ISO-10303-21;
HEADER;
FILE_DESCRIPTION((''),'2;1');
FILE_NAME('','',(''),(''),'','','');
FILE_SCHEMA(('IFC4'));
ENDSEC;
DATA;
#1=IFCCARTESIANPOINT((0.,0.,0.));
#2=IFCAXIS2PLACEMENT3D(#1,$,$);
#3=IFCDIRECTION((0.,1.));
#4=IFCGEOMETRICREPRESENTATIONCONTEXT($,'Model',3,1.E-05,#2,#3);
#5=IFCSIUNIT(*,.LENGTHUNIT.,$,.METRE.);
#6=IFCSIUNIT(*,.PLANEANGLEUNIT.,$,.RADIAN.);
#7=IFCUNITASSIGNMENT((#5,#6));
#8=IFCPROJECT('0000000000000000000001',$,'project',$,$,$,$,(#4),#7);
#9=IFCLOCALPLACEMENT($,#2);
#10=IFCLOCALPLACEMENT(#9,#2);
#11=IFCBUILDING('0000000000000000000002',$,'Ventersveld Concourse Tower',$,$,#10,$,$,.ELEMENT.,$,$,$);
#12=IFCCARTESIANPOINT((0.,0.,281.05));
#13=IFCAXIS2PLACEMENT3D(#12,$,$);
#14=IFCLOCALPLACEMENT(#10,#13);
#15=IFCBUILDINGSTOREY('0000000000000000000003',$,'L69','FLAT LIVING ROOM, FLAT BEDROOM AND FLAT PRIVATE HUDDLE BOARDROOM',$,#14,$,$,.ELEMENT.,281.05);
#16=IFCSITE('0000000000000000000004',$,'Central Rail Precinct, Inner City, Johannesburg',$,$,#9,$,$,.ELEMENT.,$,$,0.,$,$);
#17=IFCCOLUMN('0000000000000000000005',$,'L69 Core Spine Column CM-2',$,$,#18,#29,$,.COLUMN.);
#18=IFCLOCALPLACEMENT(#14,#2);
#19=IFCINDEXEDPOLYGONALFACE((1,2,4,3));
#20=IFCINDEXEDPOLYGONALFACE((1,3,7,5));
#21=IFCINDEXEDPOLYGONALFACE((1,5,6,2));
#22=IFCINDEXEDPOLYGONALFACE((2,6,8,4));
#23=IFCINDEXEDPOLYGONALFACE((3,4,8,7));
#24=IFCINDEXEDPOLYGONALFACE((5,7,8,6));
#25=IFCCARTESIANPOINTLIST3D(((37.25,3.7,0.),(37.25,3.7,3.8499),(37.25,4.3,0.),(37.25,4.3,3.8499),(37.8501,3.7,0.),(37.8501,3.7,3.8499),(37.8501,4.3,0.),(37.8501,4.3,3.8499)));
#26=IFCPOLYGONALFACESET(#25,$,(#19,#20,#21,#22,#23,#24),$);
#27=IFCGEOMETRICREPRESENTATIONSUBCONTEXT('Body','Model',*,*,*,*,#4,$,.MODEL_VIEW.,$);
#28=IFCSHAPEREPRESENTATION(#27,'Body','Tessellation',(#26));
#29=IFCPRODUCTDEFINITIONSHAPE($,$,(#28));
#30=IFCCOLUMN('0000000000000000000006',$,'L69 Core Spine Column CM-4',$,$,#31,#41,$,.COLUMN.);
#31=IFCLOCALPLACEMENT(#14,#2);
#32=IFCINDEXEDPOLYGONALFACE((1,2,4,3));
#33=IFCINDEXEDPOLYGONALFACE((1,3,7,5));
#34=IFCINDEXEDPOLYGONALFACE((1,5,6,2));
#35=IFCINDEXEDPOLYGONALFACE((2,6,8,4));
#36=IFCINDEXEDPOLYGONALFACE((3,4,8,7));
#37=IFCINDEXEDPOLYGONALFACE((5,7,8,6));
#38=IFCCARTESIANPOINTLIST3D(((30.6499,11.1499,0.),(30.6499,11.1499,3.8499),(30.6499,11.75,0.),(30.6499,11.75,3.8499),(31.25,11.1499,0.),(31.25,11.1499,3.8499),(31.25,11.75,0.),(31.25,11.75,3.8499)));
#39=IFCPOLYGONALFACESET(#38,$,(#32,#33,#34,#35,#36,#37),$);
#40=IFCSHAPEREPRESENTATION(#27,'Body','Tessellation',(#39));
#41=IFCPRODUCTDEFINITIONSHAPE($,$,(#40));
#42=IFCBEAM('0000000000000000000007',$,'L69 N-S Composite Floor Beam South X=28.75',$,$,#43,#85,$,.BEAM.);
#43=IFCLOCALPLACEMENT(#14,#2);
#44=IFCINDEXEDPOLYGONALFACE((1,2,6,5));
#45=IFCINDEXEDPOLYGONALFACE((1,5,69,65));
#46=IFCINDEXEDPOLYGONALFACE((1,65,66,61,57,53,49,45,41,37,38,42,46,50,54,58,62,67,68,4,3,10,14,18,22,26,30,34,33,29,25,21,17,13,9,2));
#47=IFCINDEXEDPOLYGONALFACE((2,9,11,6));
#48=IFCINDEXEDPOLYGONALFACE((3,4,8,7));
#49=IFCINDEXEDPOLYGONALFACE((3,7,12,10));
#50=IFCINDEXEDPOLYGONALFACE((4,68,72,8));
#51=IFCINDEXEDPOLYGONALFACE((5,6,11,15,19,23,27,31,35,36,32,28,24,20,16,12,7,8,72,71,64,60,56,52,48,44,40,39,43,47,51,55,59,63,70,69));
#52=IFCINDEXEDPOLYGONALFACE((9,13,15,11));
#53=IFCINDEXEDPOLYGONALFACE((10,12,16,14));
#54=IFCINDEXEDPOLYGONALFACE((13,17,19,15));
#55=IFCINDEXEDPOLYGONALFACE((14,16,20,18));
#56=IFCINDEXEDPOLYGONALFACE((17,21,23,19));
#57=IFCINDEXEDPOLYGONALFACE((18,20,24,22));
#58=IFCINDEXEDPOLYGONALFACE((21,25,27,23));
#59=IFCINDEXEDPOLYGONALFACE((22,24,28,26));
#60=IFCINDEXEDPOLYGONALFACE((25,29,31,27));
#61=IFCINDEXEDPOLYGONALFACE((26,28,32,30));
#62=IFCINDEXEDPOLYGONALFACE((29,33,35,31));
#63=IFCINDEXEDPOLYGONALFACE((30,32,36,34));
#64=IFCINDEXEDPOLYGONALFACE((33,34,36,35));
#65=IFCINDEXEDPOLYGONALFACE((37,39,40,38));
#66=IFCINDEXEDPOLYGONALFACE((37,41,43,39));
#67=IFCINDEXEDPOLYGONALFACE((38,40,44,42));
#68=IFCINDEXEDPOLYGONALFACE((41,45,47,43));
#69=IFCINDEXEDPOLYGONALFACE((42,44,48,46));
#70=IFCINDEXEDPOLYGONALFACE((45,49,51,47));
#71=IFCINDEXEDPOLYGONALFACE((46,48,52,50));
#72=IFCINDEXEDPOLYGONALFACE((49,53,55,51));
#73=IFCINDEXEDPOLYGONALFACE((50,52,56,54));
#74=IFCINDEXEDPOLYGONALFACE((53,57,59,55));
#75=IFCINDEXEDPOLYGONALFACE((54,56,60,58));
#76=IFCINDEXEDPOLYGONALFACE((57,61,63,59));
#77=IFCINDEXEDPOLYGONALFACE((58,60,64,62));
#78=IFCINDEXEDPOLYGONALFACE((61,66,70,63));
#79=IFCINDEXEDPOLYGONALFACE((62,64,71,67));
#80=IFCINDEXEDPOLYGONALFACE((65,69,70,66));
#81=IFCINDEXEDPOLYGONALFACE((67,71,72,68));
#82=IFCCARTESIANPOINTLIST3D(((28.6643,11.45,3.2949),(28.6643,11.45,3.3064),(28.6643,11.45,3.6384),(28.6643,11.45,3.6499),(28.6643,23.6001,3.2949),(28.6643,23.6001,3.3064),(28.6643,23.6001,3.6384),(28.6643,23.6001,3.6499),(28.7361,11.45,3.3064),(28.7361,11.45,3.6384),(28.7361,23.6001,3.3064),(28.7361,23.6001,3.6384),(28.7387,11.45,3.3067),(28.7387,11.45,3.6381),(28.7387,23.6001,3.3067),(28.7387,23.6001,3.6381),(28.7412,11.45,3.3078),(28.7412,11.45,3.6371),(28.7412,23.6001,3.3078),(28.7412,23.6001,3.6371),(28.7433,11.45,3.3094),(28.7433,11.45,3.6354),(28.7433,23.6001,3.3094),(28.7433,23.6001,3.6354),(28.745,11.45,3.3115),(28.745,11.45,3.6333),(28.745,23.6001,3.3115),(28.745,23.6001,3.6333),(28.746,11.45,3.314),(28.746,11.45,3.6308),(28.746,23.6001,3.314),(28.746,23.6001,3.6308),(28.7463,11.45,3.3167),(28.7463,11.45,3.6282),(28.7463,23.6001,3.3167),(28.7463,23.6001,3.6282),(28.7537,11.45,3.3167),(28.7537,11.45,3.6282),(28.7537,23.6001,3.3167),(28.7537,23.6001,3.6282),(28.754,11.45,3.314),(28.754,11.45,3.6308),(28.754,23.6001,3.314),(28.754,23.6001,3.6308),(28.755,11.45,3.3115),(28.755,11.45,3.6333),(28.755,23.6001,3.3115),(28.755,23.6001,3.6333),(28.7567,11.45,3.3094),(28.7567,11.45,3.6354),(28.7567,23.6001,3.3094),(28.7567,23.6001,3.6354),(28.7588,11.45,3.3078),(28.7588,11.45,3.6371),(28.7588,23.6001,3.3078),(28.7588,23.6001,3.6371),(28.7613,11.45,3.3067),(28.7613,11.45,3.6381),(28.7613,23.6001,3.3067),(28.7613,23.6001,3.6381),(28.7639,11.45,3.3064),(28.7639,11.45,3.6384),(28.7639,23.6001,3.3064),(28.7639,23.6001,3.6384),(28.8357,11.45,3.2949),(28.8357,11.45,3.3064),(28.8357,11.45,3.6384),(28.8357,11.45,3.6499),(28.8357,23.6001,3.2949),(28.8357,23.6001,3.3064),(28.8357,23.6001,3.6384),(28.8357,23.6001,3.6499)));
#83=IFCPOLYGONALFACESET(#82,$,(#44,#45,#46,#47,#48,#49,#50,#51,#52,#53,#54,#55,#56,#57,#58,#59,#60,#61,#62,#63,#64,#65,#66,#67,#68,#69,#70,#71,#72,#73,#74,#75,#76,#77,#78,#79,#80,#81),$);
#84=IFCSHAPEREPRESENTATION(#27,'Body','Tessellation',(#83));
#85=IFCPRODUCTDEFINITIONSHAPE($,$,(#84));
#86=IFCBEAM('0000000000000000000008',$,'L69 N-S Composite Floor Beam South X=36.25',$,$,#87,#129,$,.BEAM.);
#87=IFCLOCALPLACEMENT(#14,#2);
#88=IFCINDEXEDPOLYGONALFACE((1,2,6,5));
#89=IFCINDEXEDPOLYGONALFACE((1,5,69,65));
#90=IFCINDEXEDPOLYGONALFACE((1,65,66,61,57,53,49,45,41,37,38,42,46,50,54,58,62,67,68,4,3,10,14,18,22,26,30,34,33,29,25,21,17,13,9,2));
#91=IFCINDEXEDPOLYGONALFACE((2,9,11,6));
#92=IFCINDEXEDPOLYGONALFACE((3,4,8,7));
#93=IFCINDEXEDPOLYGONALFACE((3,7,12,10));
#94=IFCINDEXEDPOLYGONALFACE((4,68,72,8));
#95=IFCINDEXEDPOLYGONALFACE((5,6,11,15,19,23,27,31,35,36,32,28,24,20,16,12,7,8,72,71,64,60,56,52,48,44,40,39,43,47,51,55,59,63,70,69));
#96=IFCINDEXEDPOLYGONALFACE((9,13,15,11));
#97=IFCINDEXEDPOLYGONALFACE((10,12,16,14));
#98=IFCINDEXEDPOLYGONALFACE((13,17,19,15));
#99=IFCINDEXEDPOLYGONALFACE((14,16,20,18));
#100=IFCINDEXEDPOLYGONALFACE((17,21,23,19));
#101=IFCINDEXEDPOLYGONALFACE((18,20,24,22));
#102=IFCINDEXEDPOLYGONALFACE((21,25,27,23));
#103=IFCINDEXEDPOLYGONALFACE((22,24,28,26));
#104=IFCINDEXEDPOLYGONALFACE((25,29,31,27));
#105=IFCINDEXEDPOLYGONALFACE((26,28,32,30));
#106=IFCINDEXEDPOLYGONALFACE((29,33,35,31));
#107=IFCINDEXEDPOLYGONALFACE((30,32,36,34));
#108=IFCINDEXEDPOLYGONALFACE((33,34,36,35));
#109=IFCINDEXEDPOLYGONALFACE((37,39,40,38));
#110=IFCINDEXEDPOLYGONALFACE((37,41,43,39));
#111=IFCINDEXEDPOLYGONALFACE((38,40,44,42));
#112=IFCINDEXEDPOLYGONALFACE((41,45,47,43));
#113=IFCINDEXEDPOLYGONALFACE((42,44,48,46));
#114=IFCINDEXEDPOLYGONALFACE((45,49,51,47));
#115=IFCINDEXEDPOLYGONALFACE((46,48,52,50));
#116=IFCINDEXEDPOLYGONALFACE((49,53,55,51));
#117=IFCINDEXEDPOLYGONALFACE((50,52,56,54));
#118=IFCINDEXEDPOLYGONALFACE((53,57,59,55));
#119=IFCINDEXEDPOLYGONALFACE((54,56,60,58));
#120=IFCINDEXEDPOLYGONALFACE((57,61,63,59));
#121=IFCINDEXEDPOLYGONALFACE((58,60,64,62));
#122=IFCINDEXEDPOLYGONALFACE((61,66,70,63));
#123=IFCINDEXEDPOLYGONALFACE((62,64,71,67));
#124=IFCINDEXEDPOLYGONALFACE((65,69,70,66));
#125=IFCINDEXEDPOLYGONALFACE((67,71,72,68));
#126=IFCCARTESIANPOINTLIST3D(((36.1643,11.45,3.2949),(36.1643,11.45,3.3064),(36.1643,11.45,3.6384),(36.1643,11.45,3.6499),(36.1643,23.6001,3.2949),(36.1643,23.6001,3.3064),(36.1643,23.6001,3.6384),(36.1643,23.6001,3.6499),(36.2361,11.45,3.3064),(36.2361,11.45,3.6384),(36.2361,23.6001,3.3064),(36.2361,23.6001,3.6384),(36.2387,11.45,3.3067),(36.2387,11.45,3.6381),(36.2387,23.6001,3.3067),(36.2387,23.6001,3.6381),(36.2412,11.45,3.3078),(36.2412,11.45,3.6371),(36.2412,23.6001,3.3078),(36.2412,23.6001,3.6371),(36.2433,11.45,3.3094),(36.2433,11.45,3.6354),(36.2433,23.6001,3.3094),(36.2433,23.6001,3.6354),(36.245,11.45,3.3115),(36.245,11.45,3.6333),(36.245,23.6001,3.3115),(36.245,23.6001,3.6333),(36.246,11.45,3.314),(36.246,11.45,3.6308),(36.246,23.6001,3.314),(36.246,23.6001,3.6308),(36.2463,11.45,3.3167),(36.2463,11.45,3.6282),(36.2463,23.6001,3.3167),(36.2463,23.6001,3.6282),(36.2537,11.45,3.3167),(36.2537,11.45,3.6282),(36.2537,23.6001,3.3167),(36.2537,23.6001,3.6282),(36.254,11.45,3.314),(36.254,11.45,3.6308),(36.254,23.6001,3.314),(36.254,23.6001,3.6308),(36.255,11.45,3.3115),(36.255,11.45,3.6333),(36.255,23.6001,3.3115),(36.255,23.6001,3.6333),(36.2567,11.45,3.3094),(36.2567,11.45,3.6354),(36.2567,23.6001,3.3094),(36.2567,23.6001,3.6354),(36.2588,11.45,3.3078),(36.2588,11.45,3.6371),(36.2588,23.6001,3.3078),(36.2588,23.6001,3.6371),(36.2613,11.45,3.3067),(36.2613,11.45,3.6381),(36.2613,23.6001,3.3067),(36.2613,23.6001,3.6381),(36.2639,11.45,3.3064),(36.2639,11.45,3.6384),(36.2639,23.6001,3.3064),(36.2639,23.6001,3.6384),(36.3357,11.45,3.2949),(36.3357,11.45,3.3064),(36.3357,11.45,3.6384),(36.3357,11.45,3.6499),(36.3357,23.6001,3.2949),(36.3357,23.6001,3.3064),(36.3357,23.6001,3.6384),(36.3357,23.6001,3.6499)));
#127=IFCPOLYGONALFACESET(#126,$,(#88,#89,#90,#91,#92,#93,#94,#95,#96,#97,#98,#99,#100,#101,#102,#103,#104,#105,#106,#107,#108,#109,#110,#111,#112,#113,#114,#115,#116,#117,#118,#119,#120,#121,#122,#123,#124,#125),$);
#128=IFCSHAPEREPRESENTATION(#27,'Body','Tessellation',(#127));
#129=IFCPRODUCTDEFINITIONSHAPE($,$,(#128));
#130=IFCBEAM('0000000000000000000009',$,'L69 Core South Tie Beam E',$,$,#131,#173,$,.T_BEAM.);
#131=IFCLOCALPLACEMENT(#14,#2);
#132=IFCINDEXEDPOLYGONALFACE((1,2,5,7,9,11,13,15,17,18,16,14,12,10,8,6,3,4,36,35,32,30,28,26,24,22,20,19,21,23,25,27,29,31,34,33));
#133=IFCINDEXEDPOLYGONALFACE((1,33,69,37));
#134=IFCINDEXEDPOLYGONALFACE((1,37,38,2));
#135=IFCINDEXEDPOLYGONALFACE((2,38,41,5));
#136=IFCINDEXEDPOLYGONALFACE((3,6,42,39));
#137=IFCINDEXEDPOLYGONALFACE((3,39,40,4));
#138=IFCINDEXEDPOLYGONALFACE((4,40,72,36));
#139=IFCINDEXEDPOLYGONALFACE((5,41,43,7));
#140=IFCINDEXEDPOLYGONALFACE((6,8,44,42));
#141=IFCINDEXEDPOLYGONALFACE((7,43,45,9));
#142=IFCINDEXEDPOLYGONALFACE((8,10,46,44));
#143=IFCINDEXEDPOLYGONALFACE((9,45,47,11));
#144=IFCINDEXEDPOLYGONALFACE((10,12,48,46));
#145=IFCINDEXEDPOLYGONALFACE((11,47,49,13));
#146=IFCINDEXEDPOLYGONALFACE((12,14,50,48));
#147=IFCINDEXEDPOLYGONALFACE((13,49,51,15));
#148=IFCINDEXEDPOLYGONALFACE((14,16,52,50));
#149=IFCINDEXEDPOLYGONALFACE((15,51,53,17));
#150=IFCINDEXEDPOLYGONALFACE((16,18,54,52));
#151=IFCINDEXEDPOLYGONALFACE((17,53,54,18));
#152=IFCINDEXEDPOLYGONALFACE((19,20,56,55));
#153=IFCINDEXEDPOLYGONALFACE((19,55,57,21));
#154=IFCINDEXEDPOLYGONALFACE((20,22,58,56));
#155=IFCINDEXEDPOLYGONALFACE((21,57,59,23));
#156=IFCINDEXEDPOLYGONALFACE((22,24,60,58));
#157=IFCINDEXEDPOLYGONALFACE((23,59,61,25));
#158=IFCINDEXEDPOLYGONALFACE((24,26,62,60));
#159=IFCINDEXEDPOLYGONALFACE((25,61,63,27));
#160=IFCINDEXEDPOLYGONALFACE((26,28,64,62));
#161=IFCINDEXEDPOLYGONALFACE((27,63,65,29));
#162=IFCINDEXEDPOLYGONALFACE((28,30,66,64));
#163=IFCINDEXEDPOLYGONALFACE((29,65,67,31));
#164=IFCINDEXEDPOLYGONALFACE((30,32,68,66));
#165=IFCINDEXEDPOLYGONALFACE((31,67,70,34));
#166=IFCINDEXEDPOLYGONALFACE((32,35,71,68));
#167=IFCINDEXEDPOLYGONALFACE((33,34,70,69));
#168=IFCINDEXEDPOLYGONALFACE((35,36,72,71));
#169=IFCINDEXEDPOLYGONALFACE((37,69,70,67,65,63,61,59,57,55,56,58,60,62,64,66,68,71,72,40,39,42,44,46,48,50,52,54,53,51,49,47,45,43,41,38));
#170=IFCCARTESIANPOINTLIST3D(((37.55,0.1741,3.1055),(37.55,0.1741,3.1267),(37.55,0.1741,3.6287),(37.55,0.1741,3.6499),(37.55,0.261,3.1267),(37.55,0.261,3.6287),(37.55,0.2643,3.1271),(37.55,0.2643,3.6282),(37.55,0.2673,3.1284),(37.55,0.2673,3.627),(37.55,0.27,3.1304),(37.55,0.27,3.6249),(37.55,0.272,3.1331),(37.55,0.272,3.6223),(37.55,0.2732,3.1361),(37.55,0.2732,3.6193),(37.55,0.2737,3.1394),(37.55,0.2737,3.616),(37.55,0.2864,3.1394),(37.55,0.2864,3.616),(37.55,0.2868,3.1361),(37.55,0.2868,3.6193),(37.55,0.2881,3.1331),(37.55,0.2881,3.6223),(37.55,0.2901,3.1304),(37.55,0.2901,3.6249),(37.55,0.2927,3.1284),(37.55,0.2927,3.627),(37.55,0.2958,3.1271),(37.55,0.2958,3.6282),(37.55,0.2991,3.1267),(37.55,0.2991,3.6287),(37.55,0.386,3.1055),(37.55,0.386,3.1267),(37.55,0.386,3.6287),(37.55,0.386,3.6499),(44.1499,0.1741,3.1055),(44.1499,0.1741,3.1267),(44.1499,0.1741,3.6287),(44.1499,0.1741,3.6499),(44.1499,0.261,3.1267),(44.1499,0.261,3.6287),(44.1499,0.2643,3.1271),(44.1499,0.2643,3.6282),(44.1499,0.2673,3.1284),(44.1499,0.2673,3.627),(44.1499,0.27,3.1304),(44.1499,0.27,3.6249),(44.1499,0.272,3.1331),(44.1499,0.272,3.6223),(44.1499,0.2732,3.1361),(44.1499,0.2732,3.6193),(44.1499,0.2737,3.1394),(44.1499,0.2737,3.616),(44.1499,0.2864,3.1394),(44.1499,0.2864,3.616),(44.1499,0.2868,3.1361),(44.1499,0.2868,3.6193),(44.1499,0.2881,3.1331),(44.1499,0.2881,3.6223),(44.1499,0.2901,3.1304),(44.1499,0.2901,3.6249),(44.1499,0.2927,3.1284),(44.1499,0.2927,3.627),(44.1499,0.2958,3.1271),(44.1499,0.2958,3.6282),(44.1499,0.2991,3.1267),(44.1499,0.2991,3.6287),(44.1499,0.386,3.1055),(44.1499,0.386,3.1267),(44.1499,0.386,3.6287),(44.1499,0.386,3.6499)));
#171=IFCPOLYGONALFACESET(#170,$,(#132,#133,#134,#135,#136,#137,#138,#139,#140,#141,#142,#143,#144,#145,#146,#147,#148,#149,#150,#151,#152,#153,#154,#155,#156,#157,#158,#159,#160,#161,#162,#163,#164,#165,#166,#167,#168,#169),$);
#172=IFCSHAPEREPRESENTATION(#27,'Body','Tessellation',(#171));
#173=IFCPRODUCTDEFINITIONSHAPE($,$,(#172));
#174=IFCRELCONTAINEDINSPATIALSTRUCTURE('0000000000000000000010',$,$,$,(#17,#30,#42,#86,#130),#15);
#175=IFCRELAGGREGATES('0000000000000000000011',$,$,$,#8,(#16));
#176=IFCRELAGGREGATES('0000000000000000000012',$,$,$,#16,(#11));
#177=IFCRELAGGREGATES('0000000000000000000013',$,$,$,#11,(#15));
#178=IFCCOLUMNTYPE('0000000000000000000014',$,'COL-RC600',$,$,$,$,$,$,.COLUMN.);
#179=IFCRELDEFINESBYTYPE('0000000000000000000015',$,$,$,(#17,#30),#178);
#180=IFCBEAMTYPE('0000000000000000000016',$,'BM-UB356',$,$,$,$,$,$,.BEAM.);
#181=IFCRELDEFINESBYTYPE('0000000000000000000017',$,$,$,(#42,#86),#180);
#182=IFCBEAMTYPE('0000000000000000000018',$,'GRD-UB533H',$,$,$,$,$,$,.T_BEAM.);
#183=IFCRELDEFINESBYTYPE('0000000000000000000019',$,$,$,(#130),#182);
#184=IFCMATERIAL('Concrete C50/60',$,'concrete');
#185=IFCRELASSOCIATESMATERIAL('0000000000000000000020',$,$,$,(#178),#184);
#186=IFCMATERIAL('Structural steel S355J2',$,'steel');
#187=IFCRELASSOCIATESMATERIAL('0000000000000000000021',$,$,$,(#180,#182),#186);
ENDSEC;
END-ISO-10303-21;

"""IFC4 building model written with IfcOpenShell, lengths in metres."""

from ifc_helpers import new_model, si_unit, direction, frame, origin, origin_2d, place, context, subcontext, project, spatial, rectangle, i_section, extrude, material, material_profile, profile_set, type_object, element, save


model = new_model("IFC4")

# Units and contexts
model_context = context("Model", 3, precision=1e-05, world=origin(), true_north=direction((0.0, 1.0)))
body_context = subcontext(model_context, "Body", "Model", "MODEL_VIEW")
ifc_project = project(units=[si_unit("LENGTHUNIT", "METRE"), si_unit("PLANEANGLEUNIT", "RADIAN")], contexts=[model_context])

# Site, building, storey
site_placement = place(None, origin())
site = spatial("IfcSite", under=ifc_project, at=site_placement, Name="Central Rail Precinct, Inner City, Johannesburg", CompositionType="ELEMENT", RefElevation=0.0)
building_placement = place(site_placement, origin())
building = spatial("IfcBuilding", under=site, at=building_placement, Name="Ventersveld Concourse Tower", CompositionType="ELEMENT")
storey_placement = place(building_placement, frame((0.0, 0.0, 281.05)))
storey = spatial("IfcBuildingStorey", under=building, at=storey_placement, Name="L69", Description="FLAT LIVING ROOM, FLAT BEDROOM AND FLAT PRIVATE HUDDLE BOARDROOM", CompositionType="ELEMENT", Elevation=281.05)

# Columns
ifc_material_1 = material(Name="Concrete C50/60", Category="concrete")
ifc_material_profile_1 = material_profile(ifc_material_1, rectangle(XDim=0.6001, YDim=0.6001, at=origin_2d()), Name="RC 600x600")
ifc_profile_set_1 = profile_set([ifc_material_profile_1], Name="Concrete C50/60")
column_type = type_object("IfcColumnType", Name="COL-RC600", PredefinedType="COLUMN", material=ifc_profile_set_1)
for number, where, z_axis, x_axis, name in (
    (1, (37.55, 4.0, 0.0), (0.0, 0.0, 1.0), (1.0, 0.0, 0.0), "L69 Core Spine Column CM-2"),
    (2, (30.95, 11.45, 0.0), (0.0, 0.0, 1.0), (1.0, 0.0, 0.0), "L69 Core Spine Column CM-4"),
):
    element("IfcColumn", number, at=place(storey_placement, frame(where, z_axis=z_axis, x_axis=x_axis)), inside=storey, type_object=column_type, Name=name, PredefinedType="COLUMN", context=body_context, shape_type="SweptSolid", body=[
        extrude(rectangle(XDim=0.6001, YDim=0.6001, at=origin_2d()), origin(), (0.0, 0.0, 1.0), 3.8499),
    ])

# Beams
ifc_material_2 = material(Name="Structural steel S355J2", Category="steel")
ifc_material_profile_2 = material_profile(ifc_material_2, i_section(OverallWidth=0.1714, OverallDepth=0.355, WebThickness=0.0073, FlangeThickness=0.0115, FilletRadius=0.0103, at=origin_2d()), Name="UB 356x171x51")
ifc_profile_set_2 = profile_set([ifc_material_profile_2], Name="Structural steel S355J2")
beam_type_1 = type_object("IfcBeamType", Name="BM-UB356", PredefinedType="BEAM", material=ifc_profile_set_2)
for number, where, z_axis, x_axis, name in (
    (3, (28.75, 11.45, 3.4724), (0.0, 1.0, 0.0), (-1.0, 0.0, 0.0), "L69 N-S Composite Floor Beam South X=28.75"),
    (4, (36.25, 11.45, 3.4724), (0.0, 1.0, 0.0), (-1.0, 0.0, 0.0), "L69 N-S Composite Floor Beam South X=36.25"),
):
    element("IfcBeam", number, at=place(storey_placement, frame(where, z_axis=z_axis, x_axis=x_axis)), inside=storey, type_object=beam_type_1, Name=name, PredefinedType="BEAM", context=body_context, shape_type="SweptSolid", body=[
        extrude(i_section(OverallWidth=0.1714, OverallDepth=0.355, WebThickness=0.0073, FlangeThickness=0.0115, FilletRadius=0.0103, at=origin_2d()), origin(), (0.0, 0.0, 1.0), 12.1501),
    ])
ifc_material_profile_3 = material_profile(ifc_material_2, i_section(OverallWidth=0.2119, OverallDepth=0.5444, WebThickness=0.0127, FlangeThickness=0.0212, FilletRadius=0.0127, at=origin_2d()), Name="UB 533x210x122")
ifc_profile_set_3 = profile_set([ifc_material_profile_3], Name="Structural steel S355J2")
beam_type_2 = type_object("IfcBeamType", Name="GRD-UB533H", PredefinedType="T_BEAM", material=ifc_profile_set_3)
beam_1_placement = place(storey_placement, frame((37.55, 0.28, 3.3777), z_axis=(1.0, 0.0, 0.0), x_axis=(0.0, 1.0, 0.0)))
element("IfcBeam", 5, at=beam_1_placement, inside=storey, type_object=beam_type_2, Name="L69 Core South Tie Beam E", PredefinedType="T_BEAM", context=body_context, shape_type="SweptSolid", body=[
    extrude(i_section(OverallWidth=0.2119, OverallDepth=0.5444, WebThickness=0.0127, FlangeThickness=0.0212, FilletRadius=0.0127, at=origin_2d()), origin(), (0.0, 0.0, 1.0), 6.5999),
])

save(model, "model.ifc")
